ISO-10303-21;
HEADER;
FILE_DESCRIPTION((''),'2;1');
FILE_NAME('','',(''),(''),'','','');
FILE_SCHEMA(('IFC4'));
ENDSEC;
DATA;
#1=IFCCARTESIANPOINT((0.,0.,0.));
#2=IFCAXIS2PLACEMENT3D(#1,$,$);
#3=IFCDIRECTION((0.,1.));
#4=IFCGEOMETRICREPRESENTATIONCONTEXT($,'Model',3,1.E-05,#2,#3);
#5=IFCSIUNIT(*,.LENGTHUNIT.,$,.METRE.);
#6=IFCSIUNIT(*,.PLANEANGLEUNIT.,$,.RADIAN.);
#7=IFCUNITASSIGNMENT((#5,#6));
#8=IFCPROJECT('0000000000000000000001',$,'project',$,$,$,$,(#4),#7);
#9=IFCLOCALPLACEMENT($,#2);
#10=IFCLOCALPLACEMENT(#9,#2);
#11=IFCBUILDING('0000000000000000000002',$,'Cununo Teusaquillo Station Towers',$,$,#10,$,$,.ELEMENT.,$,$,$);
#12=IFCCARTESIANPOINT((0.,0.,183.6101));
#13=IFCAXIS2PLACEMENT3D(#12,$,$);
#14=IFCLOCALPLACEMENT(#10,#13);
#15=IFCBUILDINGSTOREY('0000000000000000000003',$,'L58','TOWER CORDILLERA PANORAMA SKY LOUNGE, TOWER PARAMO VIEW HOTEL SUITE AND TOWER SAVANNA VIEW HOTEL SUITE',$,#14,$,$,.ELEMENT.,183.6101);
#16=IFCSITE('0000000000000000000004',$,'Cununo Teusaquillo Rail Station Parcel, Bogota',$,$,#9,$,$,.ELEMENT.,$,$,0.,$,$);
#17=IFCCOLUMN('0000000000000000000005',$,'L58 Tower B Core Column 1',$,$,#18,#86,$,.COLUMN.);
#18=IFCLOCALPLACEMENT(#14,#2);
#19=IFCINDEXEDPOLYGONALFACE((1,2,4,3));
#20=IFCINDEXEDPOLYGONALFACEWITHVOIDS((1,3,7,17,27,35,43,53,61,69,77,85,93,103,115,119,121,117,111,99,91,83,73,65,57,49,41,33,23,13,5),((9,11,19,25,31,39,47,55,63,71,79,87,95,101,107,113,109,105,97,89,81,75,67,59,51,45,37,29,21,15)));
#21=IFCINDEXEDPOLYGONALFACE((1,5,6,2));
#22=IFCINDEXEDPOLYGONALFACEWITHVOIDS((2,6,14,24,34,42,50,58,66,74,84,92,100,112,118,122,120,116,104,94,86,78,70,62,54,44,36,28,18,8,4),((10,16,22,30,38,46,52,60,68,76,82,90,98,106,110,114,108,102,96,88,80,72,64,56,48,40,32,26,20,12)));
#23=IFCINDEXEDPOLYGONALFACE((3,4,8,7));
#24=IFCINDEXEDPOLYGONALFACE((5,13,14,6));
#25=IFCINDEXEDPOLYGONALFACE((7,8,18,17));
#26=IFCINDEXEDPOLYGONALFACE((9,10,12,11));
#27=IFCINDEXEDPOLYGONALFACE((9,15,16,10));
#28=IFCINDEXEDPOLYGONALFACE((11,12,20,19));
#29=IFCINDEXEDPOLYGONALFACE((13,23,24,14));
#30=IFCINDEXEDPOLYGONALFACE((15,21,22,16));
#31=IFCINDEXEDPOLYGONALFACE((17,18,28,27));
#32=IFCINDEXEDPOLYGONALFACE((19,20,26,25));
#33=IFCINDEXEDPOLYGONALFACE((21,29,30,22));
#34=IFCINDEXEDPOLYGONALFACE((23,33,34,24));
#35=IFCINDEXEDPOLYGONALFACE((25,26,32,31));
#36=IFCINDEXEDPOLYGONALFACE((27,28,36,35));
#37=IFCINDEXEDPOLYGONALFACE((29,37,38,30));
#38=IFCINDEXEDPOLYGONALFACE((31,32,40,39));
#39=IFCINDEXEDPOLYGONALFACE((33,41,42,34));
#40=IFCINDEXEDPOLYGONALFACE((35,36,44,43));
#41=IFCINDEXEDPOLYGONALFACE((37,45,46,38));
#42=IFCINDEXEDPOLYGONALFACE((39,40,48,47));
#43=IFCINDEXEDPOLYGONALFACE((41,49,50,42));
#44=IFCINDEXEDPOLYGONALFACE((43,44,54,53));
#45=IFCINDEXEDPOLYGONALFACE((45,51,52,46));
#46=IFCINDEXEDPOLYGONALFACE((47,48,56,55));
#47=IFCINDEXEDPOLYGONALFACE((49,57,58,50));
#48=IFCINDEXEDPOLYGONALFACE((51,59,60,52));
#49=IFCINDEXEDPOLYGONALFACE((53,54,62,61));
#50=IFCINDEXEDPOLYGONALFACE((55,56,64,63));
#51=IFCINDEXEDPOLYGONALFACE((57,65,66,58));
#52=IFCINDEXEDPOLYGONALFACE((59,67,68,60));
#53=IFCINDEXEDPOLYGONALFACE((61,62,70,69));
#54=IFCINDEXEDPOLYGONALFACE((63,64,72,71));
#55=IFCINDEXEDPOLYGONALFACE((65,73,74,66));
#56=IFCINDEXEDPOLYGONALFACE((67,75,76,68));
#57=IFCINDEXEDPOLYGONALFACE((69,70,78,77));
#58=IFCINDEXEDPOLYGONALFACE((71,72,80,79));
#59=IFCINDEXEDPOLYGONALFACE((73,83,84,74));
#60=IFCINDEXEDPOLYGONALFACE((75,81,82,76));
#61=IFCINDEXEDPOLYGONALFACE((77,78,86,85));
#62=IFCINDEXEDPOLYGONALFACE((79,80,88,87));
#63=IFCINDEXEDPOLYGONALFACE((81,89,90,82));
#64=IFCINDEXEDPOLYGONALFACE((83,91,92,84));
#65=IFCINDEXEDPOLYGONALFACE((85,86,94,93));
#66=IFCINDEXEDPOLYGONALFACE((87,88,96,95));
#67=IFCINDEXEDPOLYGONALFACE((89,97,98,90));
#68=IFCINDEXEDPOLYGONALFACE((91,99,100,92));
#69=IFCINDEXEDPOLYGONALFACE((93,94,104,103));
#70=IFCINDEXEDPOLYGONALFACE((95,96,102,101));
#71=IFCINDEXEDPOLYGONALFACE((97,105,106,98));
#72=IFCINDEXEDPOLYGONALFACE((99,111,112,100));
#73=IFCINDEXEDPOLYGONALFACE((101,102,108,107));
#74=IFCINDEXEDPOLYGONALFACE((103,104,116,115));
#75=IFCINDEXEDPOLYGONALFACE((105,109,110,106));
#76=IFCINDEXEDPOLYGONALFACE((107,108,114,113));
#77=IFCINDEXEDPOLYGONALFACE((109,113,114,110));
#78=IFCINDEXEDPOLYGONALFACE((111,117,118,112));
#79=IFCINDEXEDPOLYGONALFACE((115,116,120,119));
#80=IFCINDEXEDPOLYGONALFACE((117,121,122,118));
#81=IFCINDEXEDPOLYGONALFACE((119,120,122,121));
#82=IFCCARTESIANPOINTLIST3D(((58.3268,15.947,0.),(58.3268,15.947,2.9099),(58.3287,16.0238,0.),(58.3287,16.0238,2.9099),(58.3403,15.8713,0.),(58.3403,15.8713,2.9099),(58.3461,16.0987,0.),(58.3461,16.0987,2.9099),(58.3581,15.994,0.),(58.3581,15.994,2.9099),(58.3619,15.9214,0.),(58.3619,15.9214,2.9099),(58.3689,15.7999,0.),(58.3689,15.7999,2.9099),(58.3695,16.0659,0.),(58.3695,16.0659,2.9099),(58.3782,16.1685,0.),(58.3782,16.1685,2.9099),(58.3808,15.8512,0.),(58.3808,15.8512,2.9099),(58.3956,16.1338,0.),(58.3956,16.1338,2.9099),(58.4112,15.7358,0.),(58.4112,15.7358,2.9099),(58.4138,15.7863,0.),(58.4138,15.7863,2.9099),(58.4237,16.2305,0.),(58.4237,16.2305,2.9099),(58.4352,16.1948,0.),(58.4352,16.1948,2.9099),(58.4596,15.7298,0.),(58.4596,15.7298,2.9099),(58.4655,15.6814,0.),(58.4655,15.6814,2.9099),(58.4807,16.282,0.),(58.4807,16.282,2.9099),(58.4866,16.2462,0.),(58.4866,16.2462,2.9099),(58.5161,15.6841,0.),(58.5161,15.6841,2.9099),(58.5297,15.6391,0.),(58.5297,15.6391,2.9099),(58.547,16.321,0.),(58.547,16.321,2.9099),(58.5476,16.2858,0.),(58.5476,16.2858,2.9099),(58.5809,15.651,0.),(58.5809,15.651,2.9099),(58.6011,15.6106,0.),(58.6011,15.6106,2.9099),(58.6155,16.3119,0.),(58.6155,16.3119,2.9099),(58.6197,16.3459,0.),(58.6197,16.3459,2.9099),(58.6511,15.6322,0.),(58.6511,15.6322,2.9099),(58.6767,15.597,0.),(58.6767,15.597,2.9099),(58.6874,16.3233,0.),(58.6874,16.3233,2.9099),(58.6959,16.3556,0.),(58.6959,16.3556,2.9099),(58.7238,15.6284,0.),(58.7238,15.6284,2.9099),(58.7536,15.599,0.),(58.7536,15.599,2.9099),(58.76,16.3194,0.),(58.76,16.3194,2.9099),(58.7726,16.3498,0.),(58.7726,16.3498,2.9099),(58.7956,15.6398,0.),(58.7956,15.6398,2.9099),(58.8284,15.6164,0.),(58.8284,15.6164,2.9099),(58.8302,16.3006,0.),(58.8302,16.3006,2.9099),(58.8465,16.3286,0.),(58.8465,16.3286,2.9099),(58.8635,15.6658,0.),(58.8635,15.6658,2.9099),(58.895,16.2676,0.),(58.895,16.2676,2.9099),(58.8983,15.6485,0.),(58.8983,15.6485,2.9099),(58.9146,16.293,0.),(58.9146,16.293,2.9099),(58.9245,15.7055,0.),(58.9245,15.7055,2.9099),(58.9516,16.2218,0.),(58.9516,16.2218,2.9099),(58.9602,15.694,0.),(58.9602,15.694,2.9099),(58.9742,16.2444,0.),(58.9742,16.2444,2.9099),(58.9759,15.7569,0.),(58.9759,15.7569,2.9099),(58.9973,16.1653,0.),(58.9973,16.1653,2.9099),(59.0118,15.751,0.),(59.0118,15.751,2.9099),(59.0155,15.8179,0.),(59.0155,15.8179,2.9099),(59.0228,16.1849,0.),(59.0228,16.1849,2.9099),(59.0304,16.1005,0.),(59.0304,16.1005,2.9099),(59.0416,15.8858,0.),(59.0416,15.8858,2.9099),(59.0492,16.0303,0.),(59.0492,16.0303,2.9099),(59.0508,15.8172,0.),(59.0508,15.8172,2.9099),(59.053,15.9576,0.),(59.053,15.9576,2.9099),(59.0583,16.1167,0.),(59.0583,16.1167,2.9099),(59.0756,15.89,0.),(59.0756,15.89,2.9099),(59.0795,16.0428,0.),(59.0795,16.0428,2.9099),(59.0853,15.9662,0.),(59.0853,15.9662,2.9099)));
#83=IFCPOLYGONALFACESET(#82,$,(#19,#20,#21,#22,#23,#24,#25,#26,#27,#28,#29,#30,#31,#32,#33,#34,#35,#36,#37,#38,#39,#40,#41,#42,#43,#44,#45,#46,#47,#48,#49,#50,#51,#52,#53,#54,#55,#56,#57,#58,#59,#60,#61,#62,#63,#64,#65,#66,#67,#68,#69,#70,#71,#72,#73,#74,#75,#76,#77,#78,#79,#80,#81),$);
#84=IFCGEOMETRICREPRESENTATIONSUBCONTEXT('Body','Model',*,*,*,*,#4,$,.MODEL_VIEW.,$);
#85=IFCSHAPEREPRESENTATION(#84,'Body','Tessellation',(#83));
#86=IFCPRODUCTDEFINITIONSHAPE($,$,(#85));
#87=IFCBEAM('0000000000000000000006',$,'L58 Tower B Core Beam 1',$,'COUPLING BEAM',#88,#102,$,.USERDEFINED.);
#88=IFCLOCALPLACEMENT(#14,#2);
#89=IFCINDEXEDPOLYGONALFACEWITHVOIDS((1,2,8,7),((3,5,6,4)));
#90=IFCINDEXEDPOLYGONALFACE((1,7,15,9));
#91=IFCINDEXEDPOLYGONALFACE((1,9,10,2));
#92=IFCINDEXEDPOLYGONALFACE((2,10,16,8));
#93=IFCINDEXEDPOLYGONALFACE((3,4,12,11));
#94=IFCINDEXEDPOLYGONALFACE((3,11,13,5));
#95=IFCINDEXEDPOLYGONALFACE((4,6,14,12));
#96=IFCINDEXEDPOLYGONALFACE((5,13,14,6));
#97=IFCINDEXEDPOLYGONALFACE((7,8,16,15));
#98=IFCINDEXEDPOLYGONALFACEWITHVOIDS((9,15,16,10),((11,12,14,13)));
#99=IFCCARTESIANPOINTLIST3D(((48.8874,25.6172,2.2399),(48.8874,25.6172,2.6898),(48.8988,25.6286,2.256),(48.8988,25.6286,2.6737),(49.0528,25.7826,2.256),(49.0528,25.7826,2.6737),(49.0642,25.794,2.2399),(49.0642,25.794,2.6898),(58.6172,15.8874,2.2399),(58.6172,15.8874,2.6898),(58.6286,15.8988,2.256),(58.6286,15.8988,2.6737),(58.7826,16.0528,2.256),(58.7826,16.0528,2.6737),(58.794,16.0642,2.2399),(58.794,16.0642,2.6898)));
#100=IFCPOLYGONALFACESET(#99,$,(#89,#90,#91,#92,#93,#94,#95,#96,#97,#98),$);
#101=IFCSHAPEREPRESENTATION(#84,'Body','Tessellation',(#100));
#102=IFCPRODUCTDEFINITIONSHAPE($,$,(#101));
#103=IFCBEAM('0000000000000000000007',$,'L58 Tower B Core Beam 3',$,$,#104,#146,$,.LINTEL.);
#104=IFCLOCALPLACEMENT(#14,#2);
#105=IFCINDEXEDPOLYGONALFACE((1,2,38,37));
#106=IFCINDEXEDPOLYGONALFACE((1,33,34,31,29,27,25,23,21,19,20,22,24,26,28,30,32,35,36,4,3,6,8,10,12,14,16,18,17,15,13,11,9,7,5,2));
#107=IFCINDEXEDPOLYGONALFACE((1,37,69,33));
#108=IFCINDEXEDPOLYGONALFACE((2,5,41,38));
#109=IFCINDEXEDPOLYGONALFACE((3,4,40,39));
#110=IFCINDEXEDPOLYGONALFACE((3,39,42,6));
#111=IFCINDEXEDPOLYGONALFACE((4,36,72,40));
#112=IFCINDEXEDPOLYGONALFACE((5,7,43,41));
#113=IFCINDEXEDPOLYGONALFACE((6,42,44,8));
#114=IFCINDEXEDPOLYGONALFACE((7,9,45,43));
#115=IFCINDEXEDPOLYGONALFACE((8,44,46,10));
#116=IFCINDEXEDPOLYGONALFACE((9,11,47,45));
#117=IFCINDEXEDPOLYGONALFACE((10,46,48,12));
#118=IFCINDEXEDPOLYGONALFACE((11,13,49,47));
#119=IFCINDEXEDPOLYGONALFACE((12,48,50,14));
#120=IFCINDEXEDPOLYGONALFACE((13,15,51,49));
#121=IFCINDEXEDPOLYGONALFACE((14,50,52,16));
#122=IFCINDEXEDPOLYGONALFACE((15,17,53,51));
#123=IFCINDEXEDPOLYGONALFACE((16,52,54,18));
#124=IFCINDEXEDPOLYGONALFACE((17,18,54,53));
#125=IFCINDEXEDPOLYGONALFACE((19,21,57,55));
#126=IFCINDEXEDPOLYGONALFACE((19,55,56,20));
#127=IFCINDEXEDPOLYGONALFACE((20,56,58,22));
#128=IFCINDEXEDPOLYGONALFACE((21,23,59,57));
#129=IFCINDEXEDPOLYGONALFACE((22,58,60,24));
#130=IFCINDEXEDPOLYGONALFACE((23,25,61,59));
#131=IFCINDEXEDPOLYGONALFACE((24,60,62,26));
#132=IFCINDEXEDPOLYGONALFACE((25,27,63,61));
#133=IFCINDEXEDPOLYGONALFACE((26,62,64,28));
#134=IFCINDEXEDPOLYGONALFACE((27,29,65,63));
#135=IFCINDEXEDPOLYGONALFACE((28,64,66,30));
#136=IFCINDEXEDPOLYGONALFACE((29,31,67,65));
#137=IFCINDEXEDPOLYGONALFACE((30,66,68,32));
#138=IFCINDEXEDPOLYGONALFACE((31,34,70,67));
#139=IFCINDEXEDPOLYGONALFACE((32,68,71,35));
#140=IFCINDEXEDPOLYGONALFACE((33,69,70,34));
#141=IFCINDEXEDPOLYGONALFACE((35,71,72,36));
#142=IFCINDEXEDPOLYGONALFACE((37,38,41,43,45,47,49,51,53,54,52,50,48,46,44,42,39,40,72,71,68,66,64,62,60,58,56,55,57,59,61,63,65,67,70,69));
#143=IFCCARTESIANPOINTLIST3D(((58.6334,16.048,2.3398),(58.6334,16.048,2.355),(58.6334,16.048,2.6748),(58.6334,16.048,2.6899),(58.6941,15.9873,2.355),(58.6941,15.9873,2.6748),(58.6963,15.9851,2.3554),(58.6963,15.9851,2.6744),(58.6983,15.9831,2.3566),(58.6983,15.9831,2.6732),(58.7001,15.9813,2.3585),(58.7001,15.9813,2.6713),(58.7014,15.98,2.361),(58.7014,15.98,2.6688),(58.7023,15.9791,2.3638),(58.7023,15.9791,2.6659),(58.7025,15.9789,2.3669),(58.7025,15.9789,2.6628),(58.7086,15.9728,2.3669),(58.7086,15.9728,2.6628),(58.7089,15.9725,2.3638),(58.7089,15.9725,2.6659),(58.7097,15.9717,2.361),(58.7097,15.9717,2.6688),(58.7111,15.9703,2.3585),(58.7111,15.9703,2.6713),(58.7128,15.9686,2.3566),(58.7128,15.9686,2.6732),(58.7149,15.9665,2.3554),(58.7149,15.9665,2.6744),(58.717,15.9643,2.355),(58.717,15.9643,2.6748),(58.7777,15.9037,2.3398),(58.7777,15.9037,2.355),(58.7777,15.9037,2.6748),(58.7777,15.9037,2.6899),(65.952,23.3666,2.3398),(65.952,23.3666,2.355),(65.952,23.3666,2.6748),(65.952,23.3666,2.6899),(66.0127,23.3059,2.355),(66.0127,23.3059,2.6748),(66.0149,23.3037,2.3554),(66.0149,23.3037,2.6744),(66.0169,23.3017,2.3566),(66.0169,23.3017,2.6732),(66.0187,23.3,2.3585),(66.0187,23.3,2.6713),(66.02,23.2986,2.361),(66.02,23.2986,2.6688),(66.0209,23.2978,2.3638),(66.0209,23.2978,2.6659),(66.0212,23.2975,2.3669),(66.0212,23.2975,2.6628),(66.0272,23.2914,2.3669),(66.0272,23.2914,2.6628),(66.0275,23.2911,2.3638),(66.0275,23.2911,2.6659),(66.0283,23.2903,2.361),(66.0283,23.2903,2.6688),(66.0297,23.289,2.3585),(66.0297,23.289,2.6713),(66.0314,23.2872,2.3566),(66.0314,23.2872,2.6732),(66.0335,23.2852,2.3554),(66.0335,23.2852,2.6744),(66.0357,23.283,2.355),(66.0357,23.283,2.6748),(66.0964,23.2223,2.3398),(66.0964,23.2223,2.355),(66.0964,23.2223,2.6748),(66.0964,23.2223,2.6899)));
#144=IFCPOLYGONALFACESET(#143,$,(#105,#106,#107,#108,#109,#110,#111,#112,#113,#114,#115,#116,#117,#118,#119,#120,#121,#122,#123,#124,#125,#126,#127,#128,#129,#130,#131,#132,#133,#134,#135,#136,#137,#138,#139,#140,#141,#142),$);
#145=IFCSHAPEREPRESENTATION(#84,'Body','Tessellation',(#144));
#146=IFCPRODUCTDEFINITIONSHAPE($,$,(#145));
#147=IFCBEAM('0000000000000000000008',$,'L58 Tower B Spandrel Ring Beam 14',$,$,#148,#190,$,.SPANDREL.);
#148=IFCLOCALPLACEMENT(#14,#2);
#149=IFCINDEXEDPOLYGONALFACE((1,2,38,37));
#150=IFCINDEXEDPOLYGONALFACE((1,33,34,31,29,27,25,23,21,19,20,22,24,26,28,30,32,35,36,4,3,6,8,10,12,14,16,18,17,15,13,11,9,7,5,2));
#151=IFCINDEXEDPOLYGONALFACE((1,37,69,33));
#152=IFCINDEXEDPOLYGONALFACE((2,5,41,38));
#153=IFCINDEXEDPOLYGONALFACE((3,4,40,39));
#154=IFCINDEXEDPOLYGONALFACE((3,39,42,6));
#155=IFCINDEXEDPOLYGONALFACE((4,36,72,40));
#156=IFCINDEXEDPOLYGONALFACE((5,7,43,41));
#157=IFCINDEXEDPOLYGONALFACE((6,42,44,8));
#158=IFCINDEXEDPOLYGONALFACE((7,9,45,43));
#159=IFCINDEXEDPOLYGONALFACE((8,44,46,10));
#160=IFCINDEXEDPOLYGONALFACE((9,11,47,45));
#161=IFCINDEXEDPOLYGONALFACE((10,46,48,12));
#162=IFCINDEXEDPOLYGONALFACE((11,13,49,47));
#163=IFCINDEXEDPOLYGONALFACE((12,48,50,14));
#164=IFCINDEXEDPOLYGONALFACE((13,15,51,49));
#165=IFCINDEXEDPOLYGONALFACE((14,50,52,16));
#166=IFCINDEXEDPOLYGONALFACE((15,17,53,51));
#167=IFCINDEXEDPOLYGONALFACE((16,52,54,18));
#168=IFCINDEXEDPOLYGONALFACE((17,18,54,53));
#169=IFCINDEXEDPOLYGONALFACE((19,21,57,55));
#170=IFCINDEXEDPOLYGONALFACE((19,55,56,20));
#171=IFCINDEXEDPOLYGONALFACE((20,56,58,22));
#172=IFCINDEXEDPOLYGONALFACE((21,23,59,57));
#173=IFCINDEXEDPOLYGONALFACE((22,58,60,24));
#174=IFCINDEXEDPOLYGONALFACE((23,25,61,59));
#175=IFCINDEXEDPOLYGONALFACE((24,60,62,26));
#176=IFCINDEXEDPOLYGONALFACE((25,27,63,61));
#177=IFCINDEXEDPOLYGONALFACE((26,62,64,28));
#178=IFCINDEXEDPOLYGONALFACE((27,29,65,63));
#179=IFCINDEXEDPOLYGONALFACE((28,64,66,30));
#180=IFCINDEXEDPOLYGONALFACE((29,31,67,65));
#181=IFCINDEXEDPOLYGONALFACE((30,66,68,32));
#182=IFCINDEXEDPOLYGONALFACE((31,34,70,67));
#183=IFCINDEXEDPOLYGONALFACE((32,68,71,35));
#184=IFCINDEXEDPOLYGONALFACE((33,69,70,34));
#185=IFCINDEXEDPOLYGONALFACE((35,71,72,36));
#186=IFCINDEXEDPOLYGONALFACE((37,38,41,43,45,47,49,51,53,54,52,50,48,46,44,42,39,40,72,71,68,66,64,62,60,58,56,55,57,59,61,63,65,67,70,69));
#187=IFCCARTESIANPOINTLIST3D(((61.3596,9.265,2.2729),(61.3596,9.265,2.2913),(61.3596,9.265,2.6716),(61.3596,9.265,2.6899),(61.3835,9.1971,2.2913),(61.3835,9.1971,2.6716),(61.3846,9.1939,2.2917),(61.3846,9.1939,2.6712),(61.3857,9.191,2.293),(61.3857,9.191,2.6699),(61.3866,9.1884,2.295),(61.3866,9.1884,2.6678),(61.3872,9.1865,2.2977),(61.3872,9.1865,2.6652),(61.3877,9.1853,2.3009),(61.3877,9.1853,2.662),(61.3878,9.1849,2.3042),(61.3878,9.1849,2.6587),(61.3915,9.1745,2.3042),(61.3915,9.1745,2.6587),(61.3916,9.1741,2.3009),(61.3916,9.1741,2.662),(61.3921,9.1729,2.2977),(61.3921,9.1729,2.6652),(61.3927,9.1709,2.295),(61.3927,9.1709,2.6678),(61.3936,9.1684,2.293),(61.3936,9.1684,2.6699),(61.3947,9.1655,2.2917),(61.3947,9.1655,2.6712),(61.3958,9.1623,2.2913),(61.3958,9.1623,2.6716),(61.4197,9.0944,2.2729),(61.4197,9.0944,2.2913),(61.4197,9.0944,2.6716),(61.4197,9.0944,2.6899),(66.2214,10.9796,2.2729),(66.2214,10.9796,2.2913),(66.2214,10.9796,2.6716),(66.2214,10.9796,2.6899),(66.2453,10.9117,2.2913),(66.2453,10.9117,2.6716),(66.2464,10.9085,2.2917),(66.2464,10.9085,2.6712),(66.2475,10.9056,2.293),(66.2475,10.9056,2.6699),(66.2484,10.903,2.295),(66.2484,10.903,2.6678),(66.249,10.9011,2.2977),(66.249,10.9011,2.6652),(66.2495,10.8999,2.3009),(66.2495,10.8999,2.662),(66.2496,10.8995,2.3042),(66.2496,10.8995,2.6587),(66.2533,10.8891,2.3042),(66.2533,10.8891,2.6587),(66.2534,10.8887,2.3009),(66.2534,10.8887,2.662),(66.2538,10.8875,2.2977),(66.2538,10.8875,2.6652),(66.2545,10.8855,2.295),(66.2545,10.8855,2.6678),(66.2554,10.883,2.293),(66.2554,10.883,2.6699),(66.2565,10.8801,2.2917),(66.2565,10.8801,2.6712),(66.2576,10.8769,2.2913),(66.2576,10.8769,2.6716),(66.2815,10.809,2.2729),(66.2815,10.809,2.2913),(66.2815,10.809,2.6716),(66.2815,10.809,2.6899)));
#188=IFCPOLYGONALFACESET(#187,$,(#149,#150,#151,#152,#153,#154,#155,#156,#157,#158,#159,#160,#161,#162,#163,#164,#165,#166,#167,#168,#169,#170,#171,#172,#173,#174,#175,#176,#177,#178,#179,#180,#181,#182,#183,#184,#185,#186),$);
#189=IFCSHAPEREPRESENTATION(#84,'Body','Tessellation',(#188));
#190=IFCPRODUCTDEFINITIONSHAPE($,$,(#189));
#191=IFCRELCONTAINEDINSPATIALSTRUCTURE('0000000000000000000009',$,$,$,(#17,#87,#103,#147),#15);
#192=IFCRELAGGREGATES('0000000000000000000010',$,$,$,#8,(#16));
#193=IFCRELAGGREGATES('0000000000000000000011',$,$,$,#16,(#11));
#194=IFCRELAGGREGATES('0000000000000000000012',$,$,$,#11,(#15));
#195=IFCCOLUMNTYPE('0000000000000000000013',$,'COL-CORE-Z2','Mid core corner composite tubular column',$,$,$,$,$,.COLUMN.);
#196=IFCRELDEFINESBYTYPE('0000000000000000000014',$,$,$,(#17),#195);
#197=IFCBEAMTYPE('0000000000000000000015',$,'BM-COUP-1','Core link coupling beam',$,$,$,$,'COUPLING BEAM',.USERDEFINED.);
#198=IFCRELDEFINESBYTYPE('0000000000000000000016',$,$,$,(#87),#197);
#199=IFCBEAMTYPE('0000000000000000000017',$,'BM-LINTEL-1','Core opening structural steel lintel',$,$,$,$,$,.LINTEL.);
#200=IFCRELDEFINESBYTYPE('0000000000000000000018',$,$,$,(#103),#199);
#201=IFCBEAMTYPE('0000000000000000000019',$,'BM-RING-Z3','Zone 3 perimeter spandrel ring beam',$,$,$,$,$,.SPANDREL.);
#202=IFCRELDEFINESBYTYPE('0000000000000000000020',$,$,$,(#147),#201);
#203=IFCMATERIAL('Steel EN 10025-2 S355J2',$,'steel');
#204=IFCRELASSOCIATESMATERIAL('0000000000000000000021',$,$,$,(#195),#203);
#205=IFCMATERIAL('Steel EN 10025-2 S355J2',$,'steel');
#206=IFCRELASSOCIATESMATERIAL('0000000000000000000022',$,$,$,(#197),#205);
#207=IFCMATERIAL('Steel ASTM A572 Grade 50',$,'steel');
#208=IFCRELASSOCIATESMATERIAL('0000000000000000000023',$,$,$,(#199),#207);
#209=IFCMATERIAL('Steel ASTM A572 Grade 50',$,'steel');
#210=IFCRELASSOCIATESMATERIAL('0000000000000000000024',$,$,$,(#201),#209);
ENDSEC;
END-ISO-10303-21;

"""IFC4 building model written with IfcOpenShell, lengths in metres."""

from ifc_helpers import new_model, si_unit, direction, frame, origin, origin_2d, place, context, subcontext, project, spatial, hollow_rectangle, hollow_circle, i_section, extrude, material, material_profile, profile_set, type_object, element, save


model = new_model("IFC4")

# Units and contexts
model_context = context("Model", 3, precision=1e-05, world=origin(), true_north=direction((0.0, 1.0)))
body_context = subcontext(model_context, "Body", "Model", "MODEL_VIEW")
ifc_project = project(units=[si_unit("LENGTHUNIT", "METRE"), si_unit("PLANEANGLEUNIT", "RADIAN")], contexts=[model_context])

# Site, building, storey
site_placement = place(None, origin())
site = spatial("IfcSite", under=ifc_project, at=site_placement, Name="Cununo Teusaquillo Rail Station Parcel, Bogota", CompositionType="ELEMENT", RefElevation=0.0)
building_placement = place(site_placement, origin())
building = spatial("IfcBuilding", under=site, at=building_placement, Name="Cununo Teusaquillo Station Towers", CompositionType="ELEMENT")
storey_placement = place(building_placement, frame((0.0, 0.0, 183.6101)))
storey = spatial("IfcBuildingStorey", under=building, at=storey_placement, Name="L58", Description="TOWER CORDILLERA PANORAMA SKY LOUNGE, TOWER PARAMO VIEW HOTEL SUITE AND TOWER SAVANNA VIEW HOTEL SUITE", CompositionType="ELEMENT", Elevation=183.6101)

# Column
ifc_material_1 = material(Name="Steel EN 10025-2 S355J2", Category="steel")
ifc_material_profile_1 = material_profile(ifc_material_1, hollow_circle(Radius=0.3799, WallThickness=0.032, at=origin_2d()), Name="CHS 760x32")
ifc_profile_set_1 = profile_set([ifc_material_profile_1], Name="Steel EN 10025-2 S355J2")
column_type = type_object("IfcColumnType", Name="COL-CORE-Z2", Description="Mid core corner composite tubular column", PredefinedType="COLUMN", material=ifc_profile_set_1)
column_placement = place(storey_placement, frame((58.7056, 15.9758, 0.0), z_axis=(0.0, 0.0, 1.0), x_axis=(0.707107, 0.707107, 0.0)))
element("IfcColumn", 1, at=column_placement, inside=storey, type_object=column_type, Name="L58 Tower B Core Column 1", PredefinedType="COLUMN", context=body_context, shape_type="SweptSolid", body=[
    extrude(hollow_circle(Radius=0.3799, WallThickness=0.032, at=origin_2d()), origin(), (0.0, 0.0, 1.0), 2.9099),
])

# Beams
ifc_material_2 = material(Name="Steel EN 10025-2 S355J2", Category="steel")
ifc_material_profile_2 = material_profile(ifc_material_2, hollow_rectangle(XDim=0.25, YDim=0.45, WallThickness=0.0161, at=origin_2d()), Name="RHS 450x250x16")
ifc_profile_set_2 = profile_set([ifc_material_profile_2], Name="Steel EN 10025-2 S355J2")
beam_type_1 = type_object("IfcBeamType", Name="BM-COUP-1", Description="Core link coupling beam", ElementType="COUPLING BEAM", PredefinedType="USERDEFINED", material=ifc_profile_set_2)
beam_1_placement = place(storey_placement, frame((58.7056, 15.9758, 2.4648), z_axis=(-0.707107, 0.707107, 0.0), x_axis=(-0.707107, -0.707107, 0.0)))
element("IfcBeam", 2, at=beam_1_placement, inside=storey, type_object=beam_type_1, Name="L58 Tower B Core Beam 1", ObjectType="COUPLING BEAM", PredefinedType="USERDEFINED", context=body_context, shape_type="SweptSolid", body=[
    extrude(hollow_rectangle(XDim=0.25, YDim=0.45, WallThickness=0.0161, at=origin_2d()), origin(), (0.0, 0.0, 1.0), 13.76),
])
ifc_material_3 = material(Name="Steel ASTM A572 Grade 50", Category="steel")
ifc_material_profile_3 = material_profile(ifc_material_3, i_section(OverallWidth=0.2041, OverallDepth=0.3501, WebThickness=0.0085, FlangeThickness=0.0151, FilletRadius=0.012, at=origin_2d()), Name="W14X48")
ifc_profile_set_3 = profile_set([ifc_material_profile_3], Name="Steel ASTM A572 Grade 50")
beam_type_2 = type_object("IfcBeamType", Name="BM-LINTEL-1", Description="Core opening structural steel lintel", PredefinedType="LINTEL", material=ifc_profile_set_3)
beam_2_placement = place(storey_placement, frame((58.7056, 15.9758, 2.5149), z_axis=(0.707107, 0.707107, 0.0), x_axis=(-0.707107, 0.707107, 0.0)))
element("IfcBeam", 3, at=beam_2_placement, inside=storey, type_object=beam_type_2, Name="L58 Tower B Core Beam 3", PredefinedType="LINTEL", context=body_context, shape_type="SweptSolid", body=[
    extrude(i_section(OverallWidth=0.2041, OverallDepth=0.3501, WebThickness=0.0085, FlangeThickness=0.0151, FilletRadius=0.012, at=origin_2d()), origin(), (0.0, 0.0, 1.0), 10.3501),
])
ifc_material_4 = material(Name="Steel ASTM A572 Grade 50", Category="steel")
ifc_material_profile_4 = material_profile(ifc_material_4, i_section(OverallWidth=0.1809, OverallDepth=0.417, WebThickness=0.011, FlangeThickness=0.0183, FilletRadius=0.0129, at=origin_2d()), Name="W16X57")
ifc_profile_set_4 = profile_set([ifc_material_profile_4], Name="Steel ASTM A572 Grade 50")
beam_type_3 = type_object("IfcBeamType", Name="BM-RING-Z3", Description="Zone 3 perimeter spandrel ring beam", PredefinedType="SPANDREL", material=ifc_profile_set_4)
beam_3_placement = place(storey_placement, frame((61.3896, 9.1797, 2.4814), z_axis=(0.943072, 0.33259, 0.0), x_axis=(-0.33259, 0.943072, 0.0)))
element("IfcBeam", 4, at=beam_3_placement, inside=storey, type_object=beam_type_3, Name="L58 Tower B Spandrel Ring Beam 14", PredefinedType="SPANDREL", context=body_context, shape_type="SweptSolid", body=[
    extrude(i_section(OverallWidth=0.1809, OverallDepth=0.417, WebThickness=0.011, FlangeThickness=0.0183, FilletRadius=0.0129, at=origin_2d()), origin(), (0.0, 0.0, 1.0), 5.1553),
])

save(model, "model.ifc")
